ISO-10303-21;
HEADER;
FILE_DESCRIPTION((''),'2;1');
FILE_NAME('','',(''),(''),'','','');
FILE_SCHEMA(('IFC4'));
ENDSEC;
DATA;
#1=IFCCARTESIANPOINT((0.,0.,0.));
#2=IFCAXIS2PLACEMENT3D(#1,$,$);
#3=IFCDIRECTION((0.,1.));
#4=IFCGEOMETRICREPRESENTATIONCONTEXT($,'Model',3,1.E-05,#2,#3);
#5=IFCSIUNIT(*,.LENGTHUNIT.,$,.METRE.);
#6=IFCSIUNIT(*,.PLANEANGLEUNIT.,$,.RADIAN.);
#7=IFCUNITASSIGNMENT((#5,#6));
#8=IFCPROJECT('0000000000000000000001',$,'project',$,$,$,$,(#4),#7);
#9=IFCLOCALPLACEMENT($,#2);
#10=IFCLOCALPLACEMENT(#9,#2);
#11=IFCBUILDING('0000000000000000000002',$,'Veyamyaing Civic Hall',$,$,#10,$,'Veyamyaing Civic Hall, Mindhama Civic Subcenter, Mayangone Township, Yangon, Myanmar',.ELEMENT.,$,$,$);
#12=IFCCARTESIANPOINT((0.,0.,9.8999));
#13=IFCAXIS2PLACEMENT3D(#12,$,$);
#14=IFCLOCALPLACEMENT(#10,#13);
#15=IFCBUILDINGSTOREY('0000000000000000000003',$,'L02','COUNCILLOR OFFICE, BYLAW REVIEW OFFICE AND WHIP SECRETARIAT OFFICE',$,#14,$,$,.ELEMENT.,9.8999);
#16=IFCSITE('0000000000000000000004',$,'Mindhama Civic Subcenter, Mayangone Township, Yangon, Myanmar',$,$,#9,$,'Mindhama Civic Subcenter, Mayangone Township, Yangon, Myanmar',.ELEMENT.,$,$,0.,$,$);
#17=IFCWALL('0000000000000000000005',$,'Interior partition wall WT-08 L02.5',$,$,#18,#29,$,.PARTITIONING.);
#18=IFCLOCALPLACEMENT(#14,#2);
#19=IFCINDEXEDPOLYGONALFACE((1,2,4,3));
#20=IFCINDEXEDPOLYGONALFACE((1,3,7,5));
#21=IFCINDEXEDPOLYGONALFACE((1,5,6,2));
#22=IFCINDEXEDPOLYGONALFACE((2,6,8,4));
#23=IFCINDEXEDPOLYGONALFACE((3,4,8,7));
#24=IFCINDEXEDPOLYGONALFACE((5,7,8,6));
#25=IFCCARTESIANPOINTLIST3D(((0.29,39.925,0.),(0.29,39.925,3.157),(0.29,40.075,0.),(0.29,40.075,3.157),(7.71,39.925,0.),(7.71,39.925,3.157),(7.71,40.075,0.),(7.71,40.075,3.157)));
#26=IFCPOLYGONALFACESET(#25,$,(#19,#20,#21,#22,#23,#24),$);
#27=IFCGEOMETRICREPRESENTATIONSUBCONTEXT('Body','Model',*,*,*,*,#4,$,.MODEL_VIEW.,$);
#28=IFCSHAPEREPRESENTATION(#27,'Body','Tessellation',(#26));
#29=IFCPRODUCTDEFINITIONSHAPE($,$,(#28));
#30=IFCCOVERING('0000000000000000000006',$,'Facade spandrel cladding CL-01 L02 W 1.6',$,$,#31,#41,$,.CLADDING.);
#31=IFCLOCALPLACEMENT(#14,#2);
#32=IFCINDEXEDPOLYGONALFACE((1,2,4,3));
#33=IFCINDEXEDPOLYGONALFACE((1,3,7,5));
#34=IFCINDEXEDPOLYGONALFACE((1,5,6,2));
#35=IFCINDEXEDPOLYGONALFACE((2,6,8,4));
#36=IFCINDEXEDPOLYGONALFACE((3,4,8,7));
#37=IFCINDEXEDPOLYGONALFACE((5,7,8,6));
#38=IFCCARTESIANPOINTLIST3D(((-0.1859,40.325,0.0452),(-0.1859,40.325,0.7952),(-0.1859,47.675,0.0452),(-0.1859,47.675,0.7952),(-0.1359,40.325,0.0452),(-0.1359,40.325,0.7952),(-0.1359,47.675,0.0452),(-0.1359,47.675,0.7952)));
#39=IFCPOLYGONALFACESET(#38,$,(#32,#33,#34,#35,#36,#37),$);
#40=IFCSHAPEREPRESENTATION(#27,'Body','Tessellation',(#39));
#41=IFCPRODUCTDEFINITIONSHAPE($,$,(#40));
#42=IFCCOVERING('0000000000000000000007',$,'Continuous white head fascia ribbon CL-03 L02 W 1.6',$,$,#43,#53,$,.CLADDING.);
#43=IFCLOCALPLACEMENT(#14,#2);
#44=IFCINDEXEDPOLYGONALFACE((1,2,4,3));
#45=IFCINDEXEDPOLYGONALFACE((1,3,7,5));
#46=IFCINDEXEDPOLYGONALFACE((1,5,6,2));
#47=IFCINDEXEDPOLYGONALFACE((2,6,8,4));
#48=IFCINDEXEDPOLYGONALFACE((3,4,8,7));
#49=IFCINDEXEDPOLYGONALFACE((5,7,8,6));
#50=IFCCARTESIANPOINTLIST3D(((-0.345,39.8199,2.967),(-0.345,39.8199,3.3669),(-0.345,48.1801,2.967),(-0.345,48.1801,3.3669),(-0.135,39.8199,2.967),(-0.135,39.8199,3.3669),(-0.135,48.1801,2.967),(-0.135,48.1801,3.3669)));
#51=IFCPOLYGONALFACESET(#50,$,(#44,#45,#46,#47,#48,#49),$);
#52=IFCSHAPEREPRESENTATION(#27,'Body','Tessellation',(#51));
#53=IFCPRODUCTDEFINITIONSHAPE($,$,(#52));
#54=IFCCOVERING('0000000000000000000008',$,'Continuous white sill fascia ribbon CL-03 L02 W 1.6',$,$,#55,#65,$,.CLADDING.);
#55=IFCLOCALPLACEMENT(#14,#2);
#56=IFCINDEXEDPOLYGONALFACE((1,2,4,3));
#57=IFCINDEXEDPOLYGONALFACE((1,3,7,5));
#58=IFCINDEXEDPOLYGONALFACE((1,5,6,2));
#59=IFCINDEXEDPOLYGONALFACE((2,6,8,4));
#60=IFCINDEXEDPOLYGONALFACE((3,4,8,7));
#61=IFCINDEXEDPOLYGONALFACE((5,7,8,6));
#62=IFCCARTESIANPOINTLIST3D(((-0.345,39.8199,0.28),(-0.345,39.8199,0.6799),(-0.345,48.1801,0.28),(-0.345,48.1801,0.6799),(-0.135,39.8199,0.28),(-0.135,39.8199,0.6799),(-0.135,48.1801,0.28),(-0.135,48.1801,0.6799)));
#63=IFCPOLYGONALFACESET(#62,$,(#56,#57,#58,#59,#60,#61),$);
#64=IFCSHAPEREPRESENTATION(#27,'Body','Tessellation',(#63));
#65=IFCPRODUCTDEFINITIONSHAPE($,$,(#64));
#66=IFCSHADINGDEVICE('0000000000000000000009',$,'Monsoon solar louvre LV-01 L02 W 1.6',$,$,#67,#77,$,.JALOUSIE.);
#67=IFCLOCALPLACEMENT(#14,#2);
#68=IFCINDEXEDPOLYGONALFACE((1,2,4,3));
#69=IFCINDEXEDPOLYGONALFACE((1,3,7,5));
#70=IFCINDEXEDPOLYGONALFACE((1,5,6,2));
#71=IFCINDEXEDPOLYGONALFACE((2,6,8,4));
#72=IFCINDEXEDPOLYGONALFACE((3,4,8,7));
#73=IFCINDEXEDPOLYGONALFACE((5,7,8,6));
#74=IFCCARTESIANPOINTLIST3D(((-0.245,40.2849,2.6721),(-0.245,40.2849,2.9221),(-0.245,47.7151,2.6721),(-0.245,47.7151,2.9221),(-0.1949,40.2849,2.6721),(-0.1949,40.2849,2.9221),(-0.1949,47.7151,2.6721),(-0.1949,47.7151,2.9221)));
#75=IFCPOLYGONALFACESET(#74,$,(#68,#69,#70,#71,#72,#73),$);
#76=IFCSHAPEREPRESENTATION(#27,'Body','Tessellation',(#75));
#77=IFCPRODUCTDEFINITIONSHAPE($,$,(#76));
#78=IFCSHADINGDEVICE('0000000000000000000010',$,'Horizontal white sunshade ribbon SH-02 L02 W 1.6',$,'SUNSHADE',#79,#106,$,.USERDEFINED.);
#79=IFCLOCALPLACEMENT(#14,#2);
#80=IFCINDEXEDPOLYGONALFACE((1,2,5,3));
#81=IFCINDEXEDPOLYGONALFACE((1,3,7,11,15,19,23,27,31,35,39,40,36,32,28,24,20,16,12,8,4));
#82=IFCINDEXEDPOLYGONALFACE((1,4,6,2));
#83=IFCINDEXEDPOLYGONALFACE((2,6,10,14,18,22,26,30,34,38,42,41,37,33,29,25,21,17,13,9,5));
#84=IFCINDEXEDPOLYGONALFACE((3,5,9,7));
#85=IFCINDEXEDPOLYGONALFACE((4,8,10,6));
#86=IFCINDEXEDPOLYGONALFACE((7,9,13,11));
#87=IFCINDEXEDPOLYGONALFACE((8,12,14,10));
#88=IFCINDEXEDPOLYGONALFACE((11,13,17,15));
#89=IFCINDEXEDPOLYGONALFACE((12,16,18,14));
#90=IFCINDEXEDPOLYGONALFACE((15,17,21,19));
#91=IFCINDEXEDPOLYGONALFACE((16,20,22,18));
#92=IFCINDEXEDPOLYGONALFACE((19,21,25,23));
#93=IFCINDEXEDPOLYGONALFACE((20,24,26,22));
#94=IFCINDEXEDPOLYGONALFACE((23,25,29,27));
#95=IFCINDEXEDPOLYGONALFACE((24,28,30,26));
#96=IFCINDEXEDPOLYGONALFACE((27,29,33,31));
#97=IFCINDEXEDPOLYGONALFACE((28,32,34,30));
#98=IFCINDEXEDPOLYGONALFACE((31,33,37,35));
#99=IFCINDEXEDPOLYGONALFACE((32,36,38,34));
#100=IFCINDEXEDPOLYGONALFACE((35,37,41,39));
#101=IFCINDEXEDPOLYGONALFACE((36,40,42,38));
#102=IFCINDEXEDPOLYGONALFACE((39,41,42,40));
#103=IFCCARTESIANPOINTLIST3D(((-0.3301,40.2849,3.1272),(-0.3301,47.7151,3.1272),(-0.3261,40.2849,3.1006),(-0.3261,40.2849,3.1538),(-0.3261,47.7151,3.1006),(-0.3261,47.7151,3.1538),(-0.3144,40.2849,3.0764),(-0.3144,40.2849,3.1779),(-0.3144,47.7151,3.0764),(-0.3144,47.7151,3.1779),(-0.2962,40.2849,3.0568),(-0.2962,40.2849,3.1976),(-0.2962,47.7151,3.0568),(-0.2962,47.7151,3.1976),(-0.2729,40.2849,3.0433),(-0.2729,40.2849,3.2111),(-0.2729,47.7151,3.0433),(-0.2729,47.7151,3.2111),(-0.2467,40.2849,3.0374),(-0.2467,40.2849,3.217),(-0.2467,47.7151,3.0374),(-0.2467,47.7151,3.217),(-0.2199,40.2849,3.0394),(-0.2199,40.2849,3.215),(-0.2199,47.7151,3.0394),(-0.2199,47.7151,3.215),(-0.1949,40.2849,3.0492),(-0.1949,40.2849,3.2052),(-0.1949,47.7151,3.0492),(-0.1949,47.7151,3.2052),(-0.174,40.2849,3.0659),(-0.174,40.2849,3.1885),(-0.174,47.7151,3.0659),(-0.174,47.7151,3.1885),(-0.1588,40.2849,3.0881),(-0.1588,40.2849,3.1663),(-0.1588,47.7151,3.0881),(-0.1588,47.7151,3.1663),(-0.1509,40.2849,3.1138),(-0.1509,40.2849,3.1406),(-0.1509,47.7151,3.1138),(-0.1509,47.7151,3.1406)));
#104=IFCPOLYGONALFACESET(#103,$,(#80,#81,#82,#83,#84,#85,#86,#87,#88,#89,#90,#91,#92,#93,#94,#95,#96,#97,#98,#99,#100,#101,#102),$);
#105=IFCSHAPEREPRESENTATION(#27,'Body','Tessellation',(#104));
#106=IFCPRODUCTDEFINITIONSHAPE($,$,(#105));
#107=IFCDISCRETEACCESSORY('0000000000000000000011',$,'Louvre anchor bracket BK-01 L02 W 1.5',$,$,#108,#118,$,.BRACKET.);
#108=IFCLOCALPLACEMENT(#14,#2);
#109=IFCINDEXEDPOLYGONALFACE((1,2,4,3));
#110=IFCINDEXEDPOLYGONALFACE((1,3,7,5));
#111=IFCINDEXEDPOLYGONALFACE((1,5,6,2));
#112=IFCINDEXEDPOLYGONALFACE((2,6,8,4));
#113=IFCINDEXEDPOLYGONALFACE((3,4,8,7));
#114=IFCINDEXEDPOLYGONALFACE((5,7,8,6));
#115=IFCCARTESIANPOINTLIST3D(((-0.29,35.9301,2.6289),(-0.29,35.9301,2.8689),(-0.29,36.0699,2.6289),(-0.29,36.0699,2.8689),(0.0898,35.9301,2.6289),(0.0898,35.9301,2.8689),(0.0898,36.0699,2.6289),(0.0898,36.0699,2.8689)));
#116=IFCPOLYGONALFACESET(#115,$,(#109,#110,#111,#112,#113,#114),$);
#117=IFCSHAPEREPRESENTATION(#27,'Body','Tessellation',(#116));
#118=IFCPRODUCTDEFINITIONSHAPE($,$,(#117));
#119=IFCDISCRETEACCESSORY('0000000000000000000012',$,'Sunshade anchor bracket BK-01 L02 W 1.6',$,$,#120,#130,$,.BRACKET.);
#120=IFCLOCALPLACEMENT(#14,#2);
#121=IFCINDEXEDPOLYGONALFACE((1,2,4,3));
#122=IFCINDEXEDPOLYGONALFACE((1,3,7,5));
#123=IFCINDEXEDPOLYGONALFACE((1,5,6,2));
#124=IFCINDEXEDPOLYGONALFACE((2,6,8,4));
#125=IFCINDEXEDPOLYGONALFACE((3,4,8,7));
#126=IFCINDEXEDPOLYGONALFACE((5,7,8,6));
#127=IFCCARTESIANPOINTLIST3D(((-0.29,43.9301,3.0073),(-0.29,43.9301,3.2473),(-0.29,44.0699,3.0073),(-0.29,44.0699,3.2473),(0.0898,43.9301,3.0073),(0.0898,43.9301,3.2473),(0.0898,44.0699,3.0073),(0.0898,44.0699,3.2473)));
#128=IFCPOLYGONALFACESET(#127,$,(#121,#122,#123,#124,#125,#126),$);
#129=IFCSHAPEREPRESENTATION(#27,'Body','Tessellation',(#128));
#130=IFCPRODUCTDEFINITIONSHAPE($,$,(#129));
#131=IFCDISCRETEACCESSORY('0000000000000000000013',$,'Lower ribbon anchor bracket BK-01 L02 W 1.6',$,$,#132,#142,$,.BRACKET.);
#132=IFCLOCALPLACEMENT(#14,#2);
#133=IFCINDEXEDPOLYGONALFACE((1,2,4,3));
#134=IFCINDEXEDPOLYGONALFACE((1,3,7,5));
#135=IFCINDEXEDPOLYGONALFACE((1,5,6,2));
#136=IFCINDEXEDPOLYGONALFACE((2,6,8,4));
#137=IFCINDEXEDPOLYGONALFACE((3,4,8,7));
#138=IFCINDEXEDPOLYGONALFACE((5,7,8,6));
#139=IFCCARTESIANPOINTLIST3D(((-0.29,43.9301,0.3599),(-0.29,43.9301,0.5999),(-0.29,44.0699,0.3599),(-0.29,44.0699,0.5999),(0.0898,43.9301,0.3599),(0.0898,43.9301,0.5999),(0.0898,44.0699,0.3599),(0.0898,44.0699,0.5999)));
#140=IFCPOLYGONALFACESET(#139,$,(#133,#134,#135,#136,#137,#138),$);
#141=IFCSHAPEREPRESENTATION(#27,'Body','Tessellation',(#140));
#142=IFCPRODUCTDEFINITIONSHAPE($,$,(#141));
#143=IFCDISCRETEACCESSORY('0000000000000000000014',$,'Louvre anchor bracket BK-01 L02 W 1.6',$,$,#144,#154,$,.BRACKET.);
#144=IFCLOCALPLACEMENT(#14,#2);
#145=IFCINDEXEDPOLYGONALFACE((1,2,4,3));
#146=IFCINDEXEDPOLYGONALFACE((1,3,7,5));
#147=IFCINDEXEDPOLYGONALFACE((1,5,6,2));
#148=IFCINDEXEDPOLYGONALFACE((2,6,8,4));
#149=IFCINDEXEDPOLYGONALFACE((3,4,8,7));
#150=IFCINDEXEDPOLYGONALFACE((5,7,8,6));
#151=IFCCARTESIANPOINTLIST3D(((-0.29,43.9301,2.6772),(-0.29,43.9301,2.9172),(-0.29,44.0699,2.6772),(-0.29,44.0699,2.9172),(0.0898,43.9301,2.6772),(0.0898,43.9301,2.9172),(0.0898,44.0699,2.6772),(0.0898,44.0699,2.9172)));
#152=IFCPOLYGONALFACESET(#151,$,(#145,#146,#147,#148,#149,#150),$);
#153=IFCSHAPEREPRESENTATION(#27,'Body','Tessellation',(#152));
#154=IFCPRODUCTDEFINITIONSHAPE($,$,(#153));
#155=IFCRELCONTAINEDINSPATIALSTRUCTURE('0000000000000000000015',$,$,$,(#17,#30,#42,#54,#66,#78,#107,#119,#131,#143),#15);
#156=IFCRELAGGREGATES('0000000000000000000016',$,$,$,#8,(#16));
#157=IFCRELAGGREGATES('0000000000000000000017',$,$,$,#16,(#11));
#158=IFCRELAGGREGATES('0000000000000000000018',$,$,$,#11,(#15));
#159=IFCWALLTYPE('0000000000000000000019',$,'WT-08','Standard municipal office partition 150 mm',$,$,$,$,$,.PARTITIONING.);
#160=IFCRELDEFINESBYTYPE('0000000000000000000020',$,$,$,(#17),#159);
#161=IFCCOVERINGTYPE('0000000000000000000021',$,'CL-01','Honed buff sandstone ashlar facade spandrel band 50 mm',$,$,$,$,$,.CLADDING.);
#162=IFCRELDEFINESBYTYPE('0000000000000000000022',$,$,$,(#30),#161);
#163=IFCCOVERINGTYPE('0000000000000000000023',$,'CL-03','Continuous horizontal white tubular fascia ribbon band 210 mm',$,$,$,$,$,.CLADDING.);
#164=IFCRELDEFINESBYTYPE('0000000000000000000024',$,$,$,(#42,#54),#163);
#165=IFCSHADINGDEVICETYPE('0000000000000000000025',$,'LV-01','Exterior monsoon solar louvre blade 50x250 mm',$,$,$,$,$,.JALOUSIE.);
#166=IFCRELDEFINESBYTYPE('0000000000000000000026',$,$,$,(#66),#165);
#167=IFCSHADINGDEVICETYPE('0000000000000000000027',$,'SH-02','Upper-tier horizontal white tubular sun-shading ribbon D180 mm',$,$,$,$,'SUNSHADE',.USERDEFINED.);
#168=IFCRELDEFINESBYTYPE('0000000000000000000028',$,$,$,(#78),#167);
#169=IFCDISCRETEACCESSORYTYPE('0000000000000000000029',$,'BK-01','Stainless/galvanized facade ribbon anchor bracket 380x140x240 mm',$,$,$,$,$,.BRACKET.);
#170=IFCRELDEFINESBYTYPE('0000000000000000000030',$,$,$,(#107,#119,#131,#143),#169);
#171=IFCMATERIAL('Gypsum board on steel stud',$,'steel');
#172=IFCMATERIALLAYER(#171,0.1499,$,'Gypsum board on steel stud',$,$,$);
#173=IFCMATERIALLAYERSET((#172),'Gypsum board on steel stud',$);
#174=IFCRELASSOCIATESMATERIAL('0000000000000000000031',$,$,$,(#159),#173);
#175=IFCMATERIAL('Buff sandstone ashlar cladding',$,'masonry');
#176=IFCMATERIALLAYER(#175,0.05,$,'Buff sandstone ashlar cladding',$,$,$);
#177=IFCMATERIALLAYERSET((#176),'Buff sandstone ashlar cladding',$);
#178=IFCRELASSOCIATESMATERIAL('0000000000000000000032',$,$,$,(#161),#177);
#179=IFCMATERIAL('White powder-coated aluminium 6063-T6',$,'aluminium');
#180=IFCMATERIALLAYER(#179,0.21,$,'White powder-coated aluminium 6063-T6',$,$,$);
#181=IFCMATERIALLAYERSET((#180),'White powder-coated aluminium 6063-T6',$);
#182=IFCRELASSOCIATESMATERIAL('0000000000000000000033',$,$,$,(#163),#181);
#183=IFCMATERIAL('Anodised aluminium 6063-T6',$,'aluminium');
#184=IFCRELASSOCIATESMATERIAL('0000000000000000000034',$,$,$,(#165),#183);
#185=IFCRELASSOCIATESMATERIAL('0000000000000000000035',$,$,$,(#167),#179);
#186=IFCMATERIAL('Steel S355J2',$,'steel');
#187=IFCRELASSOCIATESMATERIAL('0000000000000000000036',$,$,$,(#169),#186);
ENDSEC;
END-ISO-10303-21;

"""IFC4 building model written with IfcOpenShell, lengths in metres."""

from ifc_helpers import new_model, si_unit, direction, frame, frame_2d, origin, origin_2d, place, context, subcontext, project, spatial, rectangle, circle, extrude, material, layer, layer_set, material_profile, profile_set, type_object, element, save


model = new_model("IFC4")

# Units and contexts
model_context = context("Model", 3, precision=1e-05, world=origin(), true_north=direction((0.0, 1.0)))
body_context = subcontext(model_context, "Body", "Model", "MODEL_VIEW")
ifc_project = project(units=[si_unit("LENGTHUNIT", "METRE"), si_unit("PLANEANGLEUNIT", "RADIAN")], contexts=[model_context])

# Site, building, storey
site_placement = place(None, origin())
site = spatial("IfcSite", under=ifc_project, at=site_placement, Name="Mindhama Civic Subcenter, Mayangone Township, Yangon, Myanmar", LongName="Mindhama Civic Subcenter, Mayangone Township, Yangon, Myanmar", CompositionType="ELEMENT", RefElevation=0.0)
building_placement = place(site_placement, origin())
building = spatial("IfcBuilding", under=site, at=building_placement, Name="Veyamyaing Civic Hall", LongName="Veyamyaing Civic Hall, Mindhama Civic Subcenter, Mayangone Township, Yangon, Myanmar", CompositionType="ELEMENT")
storey_placement = place(building_placement, frame((0.0, 0.0, 9.8999)))
storey = spatial("IfcBuildingStorey", under=building, at=storey_placement, Name="L02", Description="COUNCILLOR OFFICE, BYLAW REVIEW OFFICE AND WHIP SECRETARIAT OFFICE", CompositionType="ELEMENT", Elevation=9.8999)

# Shared definitions
ifc_material_1 = material(Name="Steel S355J2", Category="steel")

# Wall
ifc_material_2 = material(Name="Gypsum board on steel stud", Category="steel")
ifc_layer_1 = layer(ifc_material_2, 0.1499, Name="Gypsum board on steel stud")
ifc_layer_set_1 = layer_set([ifc_layer_1], Name="Gypsum board on steel stud")
wall_type_1 = type_object("IfcWallType", Name="WT-08", Description="Standard municipal office partition 150 mm", PredefinedType="PARTITIONING", material=ifc_layer_set_1)
wall_1_placement = place(storey_placement, frame((0.29, 40.0, 0.0), z_axis=(0.0, 0.0, 1.0), x_axis=(1.0, 0.0, 0.0)))
element("IfcWall", 1, at=wall_1_placement, inside=storey, type_object=wall_type_1, Name="Interior partition wall WT-08 L02.5", PredefinedType="PARTITIONING", context=body_context, shape_type="SweptSolid", body=[
    extrude(rectangle(XDim=7.4199, YDim=0.1499, at=frame_2d((3.71, 0.0))), origin(), (0.0, 0.0, 1.0), 3.157),
])

# Coverings
ifc_material_3 = material(Name="Buff sandstone ashlar cladding", Category="masonry")
ifc_layer_2 = layer(ifc_material_3, 0.05, Name="Buff sandstone ashlar cladding")
ifc_layer_set_2 = layer_set([ifc_layer_2], Name="Buff sandstone ashlar cladding")
covering_type_1 = type_object("IfcCoveringType", Name="CL-01", Description="Honed buff sandstone ashlar facade spandrel band 50 mm", PredefinedType="CLADDING", material=ifc_layer_set_2)
covering_placement = place(storey_placement, frame((-0.1609, 44.0, 0.0452), z_axis=(0.0, 0.0, 1.0), x_axis=(0.0, 1.0, 0.0)))
element("IfcCovering", 2, at=covering_placement, inside=storey, type_object=covering_type_1, Name="Facade spandrel cladding CL-01 L02 W 1.6", PredefinedType="CLADDING", context=body_context, shape_type="SweptSolid", body=[
    extrude(rectangle(XDim=7.3501, YDim=0.05, at=origin_2d()), origin(), (0.0, 0.0, 1.0), 0.75),
])
ifc_material_4 = material(Name="White powder-coated aluminium 6063-T6", Category="aluminium")
ifc_layer_3 = layer(ifc_material_4, 0.21, Name="White powder-coated aluminium 6063-T6")
ifc_layer_set_3 = layer_set([ifc_layer_3], Name="White powder-coated aluminium 6063-T6")
covering_type_2 = type_object("IfcCoveringType", Name="CL-03", Description="Continuous horizontal white tubular fascia ribbon band 210 mm", PredefinedType="CLADDING", material=ifc_layer_set_3)
for number, where, z_axis, x_axis, name in (
    (3, (-0.24, 44.0, 2.967), (0.0, 0.0, 1.0), (0.0, 1.0, 0.0), "Continuous white head fascia ribbon CL-03 L02 W 1.6"),
    (4, (-0.24, 44.0, 0.28), (0.0, 0.0, 1.0), (0.0, 1.0, 0.0), "Continuous white sill fascia ribbon CL-03 L02 W 1.6"),
):
    element("IfcCovering", number, at=place(storey_placement, frame(where, z_axis=z_axis, x_axis=x_axis)), inside=storey, type_object=covering_type_2, Name=name, PredefinedType="CLADDING", context=body_context, shape_type="SweptSolid", body=[
        extrude(rectangle(XDim=8.3601, YDim=0.21, at=origin_2d()), origin(), (0.0, 0.0, 1.0), 0.3999),
    ])

# Shading devices
ifc_material_5 = material(Name="Anodised aluminium 6063-T6", Category="aluminium")
ifc_material_profile_1 = material_profile(ifc_material_5, rectangle(XDim=0.05, YDim=0.25, at=origin_2d()), Name="LOUVRE-BLADE-50X250")
ifc_profile_set_1 = profile_set([ifc_material_profile_1], Name="Anodised aluminium 6063-T6")
shading_device_type_1 = type_object("IfcShadingDeviceType", Name="LV-01", Description="Exterior monsoon solar louvre blade 50x250 mm", PredefinedType="JALOUSIE", material=ifc_profile_set_1)
shading_device_1_placement = place(storey_placement, frame((-0.22, 40.2849, 2.7971), z_axis=(0.0, 1.0, 0.0), x_axis=(-1.0, 0.0, 0.0)))
element("IfcShadingDevice", 5, at=shading_device_1_placement, inside=storey, type_object=shading_device_type_1, Name="Monsoon solar louvre LV-01 L02 W 1.6", PredefinedType="JALOUSIE", context=body_context, shape_type="SweptSolid", body=[
    extrude(rectangle(XDim=0.05, YDim=0.25, at=origin_2d()), origin(), (0.0, 0.0, 1.0), 7.4302),
])
ifc_material_profile_2 = material_profile(ifc_material_4, circle(Radius=0.0901, at=origin_2d()), Name="SHADE-TUBE-180")
ifc_profile_set_2 = profile_set([ifc_material_profile_2], Name="White powder-coated aluminium 6063-T6")
shading_device_type_2 = type_object("IfcShadingDeviceType", Name="SH-02", Description="Upper-tier horizontal white tubular sun-shading ribbon D180 mm", ElementType="SUNSHADE", PredefinedType="USERDEFINED", material=ifc_profile_set_2)
shading_device_2_placement = place(storey_placement, frame((-0.24, 40.2849, 3.1272), z_axis=(0.0, 1.0, 0.0), x_axis=(-1.0, 0.0, 0.0)))
element("IfcShadingDevice", 6, at=shading_device_2_placement, inside=storey, type_object=shading_device_type_2, Name="Horizontal white sunshade ribbon SH-02 L02 W 1.6", ObjectType="SUNSHADE", PredefinedType="USERDEFINED", context=body_context, shape_type="SweptSolid", body=[
    extrude(circle(Radius=0.0901, at=origin_2d()), origin(), (0.0, 0.0, 1.0), 7.4302),
])

# Discrete accessories
discrete_accessory_type = type_object("IfcDiscreteAccessoryType", Name="BK-01", Description="Stainless/galvanized facade ribbon anchor bracket 380x140x240 mm", PredefinedType="BRACKET", material=ifc_material_1)
for number, where, z_axis, x_axis, name in (
    (7, (-0.1001, 36.0, 2.6289), (0.0, 0.0, 1.0), (-1.0, 0.0, 0.0), "Louvre anchor bracket BK-01 L02 W 1.5"),
    (8, (-0.1001, 44.0, 3.0073), (0.0, 0.0, 1.0), (-1.0, 0.0, 0.0), "Sunshade anchor bracket BK-01 L02 W 1.6"),
    (9, (-0.1001, 44.0, 0.3599), (0.0, 0.0, 1.0), (-1.0, 0.0, 0.0), "Lower ribbon anchor bracket BK-01 L02 W 1.6"),
    (10, (-0.1001, 44.0, 2.6772), (0.0, 0.0, 1.0), (-1.0, 0.0, 0.0), "Louvre anchor bracket BK-01 L02 W 1.6"),
):
    element("IfcDiscreteAccessory", number, at=place(storey_placement, frame(where, z_axis=z_axis, x_axis=x_axis)), inside=storey, type_object=discrete_accessory_type, Name=name, PredefinedType="BRACKET", context=body_context, shape_type="SweptSolid", body=[
        extrude(rectangle(XDim=0.3799, YDim=0.1399, at=origin_2d()), origin(), (0.0, 0.0, 1.0), 0.24),
    ])

save(model, "model.ifc")
